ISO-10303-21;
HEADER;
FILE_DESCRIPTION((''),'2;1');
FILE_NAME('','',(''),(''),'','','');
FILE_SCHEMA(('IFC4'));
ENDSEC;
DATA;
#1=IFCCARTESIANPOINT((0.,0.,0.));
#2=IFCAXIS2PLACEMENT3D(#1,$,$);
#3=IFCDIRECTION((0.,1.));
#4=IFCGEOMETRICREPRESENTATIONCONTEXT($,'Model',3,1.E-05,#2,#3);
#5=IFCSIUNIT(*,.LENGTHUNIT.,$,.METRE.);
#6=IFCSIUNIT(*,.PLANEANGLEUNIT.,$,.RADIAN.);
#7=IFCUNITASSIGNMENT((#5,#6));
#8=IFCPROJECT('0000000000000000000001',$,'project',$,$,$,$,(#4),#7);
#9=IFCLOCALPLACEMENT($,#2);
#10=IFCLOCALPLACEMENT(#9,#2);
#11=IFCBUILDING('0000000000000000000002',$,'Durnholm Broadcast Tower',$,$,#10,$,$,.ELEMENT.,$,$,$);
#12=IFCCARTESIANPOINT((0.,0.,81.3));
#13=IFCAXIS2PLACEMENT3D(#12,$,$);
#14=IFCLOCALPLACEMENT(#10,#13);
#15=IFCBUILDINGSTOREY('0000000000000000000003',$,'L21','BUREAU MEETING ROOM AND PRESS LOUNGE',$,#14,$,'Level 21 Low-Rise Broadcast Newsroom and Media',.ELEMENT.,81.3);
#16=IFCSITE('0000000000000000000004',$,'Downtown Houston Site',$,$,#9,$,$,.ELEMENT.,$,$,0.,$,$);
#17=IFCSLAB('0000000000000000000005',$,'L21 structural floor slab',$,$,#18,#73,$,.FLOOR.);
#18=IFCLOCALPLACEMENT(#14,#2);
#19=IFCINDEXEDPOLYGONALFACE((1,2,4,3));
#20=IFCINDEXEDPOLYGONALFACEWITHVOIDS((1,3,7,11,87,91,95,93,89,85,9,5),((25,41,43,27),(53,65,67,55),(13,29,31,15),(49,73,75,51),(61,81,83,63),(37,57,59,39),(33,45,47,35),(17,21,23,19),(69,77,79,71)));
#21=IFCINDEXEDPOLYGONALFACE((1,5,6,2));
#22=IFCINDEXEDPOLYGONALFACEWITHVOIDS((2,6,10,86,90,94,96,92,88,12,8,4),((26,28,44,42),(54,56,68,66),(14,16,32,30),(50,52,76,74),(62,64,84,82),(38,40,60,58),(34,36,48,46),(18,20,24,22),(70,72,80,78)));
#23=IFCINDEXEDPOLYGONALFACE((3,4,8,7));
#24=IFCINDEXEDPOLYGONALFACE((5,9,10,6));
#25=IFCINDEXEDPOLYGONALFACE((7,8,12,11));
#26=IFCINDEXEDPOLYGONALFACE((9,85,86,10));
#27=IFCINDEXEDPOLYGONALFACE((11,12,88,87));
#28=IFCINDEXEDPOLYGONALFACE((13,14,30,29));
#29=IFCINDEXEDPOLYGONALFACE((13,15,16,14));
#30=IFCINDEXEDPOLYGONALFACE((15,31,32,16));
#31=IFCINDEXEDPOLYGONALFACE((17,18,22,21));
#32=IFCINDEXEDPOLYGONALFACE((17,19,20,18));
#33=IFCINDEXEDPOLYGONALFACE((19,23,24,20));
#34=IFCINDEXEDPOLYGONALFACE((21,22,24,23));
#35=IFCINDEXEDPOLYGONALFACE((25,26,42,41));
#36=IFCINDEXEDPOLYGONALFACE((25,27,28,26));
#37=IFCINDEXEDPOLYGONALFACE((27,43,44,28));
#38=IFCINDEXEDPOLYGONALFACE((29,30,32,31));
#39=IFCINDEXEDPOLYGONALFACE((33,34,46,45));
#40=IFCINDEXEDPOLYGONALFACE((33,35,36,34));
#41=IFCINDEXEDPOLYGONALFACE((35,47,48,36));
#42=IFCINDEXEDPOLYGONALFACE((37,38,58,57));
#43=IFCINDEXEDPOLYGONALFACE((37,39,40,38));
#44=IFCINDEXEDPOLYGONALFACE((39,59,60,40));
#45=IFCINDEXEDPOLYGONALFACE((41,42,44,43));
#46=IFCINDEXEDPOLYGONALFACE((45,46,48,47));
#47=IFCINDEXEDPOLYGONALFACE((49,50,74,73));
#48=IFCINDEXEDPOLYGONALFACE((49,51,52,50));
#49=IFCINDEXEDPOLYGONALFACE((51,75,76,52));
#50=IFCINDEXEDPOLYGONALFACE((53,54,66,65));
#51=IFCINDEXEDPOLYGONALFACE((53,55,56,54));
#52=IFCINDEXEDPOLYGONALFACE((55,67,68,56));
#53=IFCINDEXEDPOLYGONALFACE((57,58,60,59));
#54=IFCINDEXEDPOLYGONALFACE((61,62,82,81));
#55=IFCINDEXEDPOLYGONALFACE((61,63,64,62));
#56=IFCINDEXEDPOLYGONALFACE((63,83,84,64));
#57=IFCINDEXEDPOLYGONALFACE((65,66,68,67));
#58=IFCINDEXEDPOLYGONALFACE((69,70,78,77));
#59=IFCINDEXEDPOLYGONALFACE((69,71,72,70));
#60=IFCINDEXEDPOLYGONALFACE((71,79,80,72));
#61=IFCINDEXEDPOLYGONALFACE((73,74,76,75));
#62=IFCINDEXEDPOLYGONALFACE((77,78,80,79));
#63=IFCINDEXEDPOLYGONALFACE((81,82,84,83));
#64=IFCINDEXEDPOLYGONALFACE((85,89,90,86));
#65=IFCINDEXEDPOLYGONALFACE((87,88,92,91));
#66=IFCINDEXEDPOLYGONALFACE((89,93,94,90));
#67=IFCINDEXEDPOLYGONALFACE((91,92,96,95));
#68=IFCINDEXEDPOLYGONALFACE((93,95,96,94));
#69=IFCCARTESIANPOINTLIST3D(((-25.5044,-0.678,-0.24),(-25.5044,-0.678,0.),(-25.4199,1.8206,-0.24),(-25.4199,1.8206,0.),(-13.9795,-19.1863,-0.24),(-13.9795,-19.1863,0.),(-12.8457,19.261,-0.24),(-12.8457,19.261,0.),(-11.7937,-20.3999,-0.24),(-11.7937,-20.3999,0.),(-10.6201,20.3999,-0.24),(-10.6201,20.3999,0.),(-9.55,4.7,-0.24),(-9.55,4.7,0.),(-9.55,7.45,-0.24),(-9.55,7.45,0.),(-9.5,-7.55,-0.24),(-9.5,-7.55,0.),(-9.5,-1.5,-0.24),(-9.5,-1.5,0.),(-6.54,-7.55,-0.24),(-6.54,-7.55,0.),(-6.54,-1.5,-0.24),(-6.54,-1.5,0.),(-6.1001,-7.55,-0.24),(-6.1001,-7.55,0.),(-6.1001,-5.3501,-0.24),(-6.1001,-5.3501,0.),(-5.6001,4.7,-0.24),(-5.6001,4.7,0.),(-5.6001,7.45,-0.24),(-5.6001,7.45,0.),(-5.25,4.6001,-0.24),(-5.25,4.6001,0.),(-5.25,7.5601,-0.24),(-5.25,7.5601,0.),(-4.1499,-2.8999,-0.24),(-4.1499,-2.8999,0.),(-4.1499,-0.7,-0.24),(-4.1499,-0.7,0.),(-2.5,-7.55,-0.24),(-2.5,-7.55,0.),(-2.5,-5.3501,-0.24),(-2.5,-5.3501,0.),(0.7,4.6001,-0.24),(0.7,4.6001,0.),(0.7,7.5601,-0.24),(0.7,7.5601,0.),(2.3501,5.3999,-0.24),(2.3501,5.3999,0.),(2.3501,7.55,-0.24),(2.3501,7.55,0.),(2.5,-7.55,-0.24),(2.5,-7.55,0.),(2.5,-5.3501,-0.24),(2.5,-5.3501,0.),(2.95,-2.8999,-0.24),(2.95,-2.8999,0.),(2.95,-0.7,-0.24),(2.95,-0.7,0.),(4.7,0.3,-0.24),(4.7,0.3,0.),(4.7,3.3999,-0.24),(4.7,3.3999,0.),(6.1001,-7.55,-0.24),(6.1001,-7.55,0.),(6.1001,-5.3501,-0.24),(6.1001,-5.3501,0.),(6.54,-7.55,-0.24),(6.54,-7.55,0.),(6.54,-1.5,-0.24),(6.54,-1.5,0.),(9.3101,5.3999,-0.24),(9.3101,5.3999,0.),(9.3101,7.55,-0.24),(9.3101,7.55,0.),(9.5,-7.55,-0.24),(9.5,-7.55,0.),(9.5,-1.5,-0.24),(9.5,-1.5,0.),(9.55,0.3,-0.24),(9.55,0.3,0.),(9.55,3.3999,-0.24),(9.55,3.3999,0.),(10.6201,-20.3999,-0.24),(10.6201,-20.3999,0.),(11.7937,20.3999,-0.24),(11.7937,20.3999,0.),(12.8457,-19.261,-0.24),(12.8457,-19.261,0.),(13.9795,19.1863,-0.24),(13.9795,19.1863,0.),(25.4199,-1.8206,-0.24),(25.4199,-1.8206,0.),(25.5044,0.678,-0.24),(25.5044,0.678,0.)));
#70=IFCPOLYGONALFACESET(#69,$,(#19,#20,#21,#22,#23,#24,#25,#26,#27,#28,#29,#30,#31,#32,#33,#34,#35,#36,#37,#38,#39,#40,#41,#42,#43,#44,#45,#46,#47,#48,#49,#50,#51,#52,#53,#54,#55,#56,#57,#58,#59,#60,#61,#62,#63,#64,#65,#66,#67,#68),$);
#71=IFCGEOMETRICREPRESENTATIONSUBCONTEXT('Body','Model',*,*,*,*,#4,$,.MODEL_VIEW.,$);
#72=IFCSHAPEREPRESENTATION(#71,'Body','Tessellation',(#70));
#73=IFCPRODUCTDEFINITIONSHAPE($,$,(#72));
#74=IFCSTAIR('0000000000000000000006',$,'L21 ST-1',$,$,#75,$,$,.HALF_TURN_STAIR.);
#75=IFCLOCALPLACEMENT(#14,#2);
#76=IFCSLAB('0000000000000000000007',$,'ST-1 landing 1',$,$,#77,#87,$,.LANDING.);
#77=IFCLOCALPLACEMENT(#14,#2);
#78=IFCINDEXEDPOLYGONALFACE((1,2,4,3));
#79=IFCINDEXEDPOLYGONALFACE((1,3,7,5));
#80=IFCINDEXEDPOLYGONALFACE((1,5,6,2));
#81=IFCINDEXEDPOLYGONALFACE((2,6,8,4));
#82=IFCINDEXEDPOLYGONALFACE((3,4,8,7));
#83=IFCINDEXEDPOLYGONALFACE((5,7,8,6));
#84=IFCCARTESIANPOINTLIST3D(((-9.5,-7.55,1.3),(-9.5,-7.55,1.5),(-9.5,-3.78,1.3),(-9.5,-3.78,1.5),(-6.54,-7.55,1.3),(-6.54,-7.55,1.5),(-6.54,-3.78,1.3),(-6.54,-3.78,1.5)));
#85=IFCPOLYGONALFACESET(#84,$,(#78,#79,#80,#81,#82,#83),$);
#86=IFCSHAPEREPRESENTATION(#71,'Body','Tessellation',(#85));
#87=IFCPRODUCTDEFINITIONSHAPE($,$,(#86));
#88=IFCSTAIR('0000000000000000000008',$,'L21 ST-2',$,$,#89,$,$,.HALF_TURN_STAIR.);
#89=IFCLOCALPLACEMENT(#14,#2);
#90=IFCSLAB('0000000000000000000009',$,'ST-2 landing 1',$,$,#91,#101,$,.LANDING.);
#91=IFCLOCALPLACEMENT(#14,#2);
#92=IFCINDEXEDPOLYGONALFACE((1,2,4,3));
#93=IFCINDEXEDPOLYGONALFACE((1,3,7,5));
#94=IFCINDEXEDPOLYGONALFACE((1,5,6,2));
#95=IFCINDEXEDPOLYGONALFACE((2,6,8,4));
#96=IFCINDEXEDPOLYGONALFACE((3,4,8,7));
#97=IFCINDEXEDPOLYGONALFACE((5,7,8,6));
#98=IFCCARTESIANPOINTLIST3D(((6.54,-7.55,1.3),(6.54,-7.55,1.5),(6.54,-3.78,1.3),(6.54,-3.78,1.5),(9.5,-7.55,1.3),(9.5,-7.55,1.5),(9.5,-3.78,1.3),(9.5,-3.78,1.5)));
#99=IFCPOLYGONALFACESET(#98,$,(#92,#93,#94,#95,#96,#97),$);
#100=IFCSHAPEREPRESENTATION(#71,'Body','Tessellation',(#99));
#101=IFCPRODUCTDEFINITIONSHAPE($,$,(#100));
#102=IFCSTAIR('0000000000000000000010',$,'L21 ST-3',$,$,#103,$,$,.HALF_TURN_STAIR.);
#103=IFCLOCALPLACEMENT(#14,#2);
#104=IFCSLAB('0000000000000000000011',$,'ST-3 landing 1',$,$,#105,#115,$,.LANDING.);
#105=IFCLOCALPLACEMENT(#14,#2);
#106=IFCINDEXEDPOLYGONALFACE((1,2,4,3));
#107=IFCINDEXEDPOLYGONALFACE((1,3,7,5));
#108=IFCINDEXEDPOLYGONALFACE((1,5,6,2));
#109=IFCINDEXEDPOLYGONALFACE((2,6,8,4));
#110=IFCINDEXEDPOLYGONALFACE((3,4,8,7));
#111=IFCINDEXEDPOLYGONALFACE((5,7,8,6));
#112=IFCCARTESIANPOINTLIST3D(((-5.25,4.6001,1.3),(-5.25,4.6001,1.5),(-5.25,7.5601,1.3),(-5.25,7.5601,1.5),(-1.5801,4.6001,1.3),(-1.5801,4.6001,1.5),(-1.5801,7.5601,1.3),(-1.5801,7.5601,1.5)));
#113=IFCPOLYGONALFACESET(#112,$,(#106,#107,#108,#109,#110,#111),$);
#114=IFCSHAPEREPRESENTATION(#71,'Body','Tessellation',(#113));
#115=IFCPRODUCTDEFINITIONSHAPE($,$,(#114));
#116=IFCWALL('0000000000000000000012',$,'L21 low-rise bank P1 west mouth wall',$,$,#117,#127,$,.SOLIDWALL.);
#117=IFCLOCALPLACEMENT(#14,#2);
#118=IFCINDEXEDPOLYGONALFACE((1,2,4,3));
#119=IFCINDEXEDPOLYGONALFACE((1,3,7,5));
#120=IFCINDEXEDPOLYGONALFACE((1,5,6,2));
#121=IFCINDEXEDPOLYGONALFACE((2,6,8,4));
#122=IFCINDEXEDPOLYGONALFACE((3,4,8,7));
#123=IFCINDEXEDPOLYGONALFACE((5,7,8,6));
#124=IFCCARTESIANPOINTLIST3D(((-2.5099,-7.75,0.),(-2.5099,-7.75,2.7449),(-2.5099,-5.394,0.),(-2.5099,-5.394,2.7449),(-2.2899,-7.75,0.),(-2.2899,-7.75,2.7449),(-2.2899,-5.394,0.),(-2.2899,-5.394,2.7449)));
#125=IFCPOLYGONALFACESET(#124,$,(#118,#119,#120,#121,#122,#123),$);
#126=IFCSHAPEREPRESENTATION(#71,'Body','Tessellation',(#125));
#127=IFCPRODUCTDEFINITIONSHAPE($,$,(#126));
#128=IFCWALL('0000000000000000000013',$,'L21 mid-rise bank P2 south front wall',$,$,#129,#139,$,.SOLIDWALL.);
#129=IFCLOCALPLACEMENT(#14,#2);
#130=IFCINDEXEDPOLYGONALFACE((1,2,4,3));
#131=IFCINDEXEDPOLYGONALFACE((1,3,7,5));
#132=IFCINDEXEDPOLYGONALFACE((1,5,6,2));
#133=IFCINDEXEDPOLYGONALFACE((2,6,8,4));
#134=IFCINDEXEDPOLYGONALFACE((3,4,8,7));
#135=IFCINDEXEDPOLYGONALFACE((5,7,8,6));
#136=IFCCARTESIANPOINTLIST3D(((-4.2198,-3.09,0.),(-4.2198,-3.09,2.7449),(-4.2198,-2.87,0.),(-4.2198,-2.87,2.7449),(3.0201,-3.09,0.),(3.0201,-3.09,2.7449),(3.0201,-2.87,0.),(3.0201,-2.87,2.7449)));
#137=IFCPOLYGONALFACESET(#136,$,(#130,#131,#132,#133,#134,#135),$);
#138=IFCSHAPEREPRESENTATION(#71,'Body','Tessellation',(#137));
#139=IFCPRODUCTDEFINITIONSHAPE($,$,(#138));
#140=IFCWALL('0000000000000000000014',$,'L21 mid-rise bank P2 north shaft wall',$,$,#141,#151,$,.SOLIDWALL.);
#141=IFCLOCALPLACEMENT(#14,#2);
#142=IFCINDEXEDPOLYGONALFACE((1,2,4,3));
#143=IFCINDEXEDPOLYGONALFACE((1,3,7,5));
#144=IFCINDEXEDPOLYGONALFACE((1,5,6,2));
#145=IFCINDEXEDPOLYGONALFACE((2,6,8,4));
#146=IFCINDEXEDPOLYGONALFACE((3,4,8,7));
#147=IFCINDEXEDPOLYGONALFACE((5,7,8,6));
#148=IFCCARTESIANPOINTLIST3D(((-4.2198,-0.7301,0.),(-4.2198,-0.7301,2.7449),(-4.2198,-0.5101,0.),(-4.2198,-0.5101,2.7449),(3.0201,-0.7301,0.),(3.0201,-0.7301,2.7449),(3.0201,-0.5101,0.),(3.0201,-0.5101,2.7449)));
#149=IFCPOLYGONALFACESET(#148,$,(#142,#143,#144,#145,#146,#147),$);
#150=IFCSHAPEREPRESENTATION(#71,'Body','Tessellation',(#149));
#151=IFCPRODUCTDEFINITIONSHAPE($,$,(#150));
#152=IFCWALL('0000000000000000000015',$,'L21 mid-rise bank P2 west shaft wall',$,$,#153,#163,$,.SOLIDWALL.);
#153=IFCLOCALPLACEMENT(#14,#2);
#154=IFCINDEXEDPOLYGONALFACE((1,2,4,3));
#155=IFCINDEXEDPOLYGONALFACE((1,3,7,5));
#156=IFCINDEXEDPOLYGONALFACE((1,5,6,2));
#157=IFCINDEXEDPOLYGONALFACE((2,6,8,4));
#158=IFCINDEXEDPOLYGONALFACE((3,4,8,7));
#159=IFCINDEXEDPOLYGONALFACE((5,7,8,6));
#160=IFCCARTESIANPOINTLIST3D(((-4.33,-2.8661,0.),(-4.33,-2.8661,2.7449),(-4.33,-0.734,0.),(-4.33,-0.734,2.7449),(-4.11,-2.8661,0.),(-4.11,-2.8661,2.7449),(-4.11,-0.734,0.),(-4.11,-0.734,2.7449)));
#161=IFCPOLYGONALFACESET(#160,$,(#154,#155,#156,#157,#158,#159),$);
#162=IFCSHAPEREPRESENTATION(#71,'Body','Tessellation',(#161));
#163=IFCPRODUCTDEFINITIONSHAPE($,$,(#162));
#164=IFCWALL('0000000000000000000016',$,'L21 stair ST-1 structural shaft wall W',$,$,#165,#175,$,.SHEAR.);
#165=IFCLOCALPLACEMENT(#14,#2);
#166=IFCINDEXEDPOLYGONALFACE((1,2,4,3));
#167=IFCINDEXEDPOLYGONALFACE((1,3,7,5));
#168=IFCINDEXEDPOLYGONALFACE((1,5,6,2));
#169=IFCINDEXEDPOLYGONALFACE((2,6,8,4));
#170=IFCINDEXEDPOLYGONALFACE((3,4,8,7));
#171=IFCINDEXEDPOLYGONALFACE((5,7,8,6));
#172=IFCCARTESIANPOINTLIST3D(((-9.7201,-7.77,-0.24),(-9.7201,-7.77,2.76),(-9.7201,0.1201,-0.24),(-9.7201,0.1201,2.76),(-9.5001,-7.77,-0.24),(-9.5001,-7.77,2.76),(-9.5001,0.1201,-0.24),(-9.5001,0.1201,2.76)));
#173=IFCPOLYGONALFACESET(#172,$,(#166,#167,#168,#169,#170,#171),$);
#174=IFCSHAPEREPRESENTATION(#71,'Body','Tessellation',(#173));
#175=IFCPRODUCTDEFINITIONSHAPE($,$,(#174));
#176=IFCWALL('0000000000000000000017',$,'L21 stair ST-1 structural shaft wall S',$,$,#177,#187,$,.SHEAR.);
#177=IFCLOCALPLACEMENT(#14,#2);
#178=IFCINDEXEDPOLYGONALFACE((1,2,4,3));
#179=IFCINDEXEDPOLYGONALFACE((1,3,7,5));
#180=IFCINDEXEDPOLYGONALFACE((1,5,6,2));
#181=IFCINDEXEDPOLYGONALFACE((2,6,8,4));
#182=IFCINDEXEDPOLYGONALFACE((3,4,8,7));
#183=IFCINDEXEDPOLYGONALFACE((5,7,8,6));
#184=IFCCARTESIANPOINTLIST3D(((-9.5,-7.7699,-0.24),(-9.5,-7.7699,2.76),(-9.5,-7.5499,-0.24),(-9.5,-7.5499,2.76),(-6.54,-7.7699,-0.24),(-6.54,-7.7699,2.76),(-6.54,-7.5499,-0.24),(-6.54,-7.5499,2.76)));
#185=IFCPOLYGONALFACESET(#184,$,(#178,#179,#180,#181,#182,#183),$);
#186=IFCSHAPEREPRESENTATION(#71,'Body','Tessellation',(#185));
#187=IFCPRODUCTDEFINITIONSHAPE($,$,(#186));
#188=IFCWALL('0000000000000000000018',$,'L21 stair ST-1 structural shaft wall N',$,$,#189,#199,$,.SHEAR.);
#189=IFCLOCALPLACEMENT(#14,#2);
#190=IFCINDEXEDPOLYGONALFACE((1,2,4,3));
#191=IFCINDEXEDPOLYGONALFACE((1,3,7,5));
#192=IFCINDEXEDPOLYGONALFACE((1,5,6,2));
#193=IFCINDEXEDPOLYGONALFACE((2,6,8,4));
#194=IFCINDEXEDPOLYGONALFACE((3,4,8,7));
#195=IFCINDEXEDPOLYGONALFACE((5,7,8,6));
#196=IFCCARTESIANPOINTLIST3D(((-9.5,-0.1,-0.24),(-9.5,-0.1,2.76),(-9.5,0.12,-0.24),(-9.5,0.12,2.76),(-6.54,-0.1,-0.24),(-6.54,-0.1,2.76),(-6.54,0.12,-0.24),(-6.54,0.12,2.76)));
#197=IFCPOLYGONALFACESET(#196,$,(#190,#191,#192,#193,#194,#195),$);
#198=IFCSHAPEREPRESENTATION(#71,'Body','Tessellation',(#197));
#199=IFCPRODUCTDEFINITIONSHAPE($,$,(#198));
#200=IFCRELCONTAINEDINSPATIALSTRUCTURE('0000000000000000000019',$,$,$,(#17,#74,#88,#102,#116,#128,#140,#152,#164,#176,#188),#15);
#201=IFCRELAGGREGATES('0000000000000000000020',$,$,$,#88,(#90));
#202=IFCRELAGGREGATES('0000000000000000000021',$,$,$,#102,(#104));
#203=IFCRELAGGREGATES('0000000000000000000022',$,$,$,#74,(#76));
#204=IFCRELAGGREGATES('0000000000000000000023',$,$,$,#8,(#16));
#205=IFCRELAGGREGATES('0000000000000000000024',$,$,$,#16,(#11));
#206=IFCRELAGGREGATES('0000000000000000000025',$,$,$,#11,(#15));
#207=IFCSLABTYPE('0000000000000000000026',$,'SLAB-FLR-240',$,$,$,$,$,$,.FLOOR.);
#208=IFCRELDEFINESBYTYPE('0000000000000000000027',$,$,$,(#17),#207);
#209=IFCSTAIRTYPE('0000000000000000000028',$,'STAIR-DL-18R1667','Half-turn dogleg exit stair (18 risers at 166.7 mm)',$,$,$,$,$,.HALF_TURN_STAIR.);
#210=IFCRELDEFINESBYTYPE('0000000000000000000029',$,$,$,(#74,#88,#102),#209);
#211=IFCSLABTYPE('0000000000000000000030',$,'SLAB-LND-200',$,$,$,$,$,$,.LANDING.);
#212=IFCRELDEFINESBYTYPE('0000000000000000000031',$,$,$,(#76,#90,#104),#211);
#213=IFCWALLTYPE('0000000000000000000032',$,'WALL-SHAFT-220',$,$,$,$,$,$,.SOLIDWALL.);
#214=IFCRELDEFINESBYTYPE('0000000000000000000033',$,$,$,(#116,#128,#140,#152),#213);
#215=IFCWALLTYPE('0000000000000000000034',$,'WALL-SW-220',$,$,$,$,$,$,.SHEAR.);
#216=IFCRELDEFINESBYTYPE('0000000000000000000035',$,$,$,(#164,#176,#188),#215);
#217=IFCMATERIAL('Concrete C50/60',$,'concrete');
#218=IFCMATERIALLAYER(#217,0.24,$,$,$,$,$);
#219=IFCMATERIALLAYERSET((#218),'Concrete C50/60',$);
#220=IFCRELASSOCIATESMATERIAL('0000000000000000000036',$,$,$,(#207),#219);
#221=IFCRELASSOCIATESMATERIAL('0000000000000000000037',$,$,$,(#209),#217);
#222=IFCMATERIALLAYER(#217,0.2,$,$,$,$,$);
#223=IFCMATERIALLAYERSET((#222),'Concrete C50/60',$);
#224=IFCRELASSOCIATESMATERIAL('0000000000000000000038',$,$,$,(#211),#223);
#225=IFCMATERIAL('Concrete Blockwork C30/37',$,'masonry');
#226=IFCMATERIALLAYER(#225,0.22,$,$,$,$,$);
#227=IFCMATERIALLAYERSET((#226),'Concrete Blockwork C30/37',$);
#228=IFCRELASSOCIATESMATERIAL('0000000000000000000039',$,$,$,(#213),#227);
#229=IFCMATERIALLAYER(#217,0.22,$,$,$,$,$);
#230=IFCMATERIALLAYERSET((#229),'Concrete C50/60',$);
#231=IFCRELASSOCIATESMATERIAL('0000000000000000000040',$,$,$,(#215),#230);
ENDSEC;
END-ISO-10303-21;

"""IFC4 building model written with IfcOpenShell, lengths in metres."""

from ifc_helpers import new_model, si_unit, direction, frame, frame_2d, origin, place, context, subcontext, project, spatial, polyline, rectangle, outline, extrude, material, layer, layer_set, type_object, element, aggregate, save


model = new_model("IFC4")

# Units and contexts
model_context = context("Model", 3, precision=1e-05, world=origin(), true_north=direction((0.0, 1.0)))
body_context = subcontext(model_context, "Body", "Model", "MODEL_VIEW")
ifc_project = project(units=[si_unit("LENGTHUNIT", "METRE"), si_unit("PLANEANGLEUNIT", "RADIAN")], contexts=[model_context])

# Site, building, storey
site_placement = place(None, origin())
site = spatial("IfcSite", under=ifc_project, at=site_placement, Name="Downtown Houston Site", CompositionType="ELEMENT", RefElevation=0.0)
building_placement = place(site_placement, origin())
building = spatial("IfcBuilding", under=site, at=building_placement, Name="Durnholm Broadcast Tower", CompositionType="ELEMENT")
storey_placement = place(building_placement, frame((0.0, 0.0, 81.3)))
storey = spatial("IfcBuildingStorey", under=building, at=storey_placement, Name="L21", Description="BUREAU MEETING ROOM AND PRESS LOUNGE", LongName="Level 21 Low-Rise Broadcast Newsroom and Media", CompositionType="ELEMENT", Elevation=81.3)

# Slab
ifc_material_1 = material(Name="Concrete C50/60", Category="concrete")
ifc_layer_1 = layer(ifc_material_1, 0.24)
ifc_layer_set_1 = layer_set([ifc_layer_1], Name="Concrete C50/60")
slab_type_1 = type_object("IfcSlabType", Name="SLAB-FLR-240", PredefinedType="FLOOR", material=ifc_layer_set_1)
slab_1_placement = place(storey_placement, frame((0.0, 0.0, -0.24)))
element("IfcSlab", 1, at=slab_1_placement, inside=storey, type_object=slab_type_1, Name="L21 structural floor slab", PredefinedType="FLOOR", context=body_context, shape_type="SweptSolid", body=[
    extrude(outline(polyline([(-13.9795, -19.1863), (-11.7937, -20.3999), (10.6201, -20.3999), (12.8457, -19.261), (25.4199, -1.8206), (25.5044, 0.678), (13.9795, 19.1863), (11.7937, 20.3999), (-10.6201, 20.3999), (-12.8457, 19.261), (-25.4199, 1.8206), (-25.5044, -0.678), (-13.9795, -19.1863)]), holes=[polyline([(-2.5, -5.3501), (-6.1001, -5.3501), (-6.1001, -7.55), (-2.5, -7.55), (-2.5, -5.3501)]), polyline([(6.1001, -5.3501), (2.5, -5.3501), (2.5, -7.55), (6.1001, -7.55), (6.1001, -5.3501)]), polyline([(-6.54, -7.55), (-6.54, -1.5), (-9.5, -1.5), (-9.5, -7.55), (-6.54, -7.55)]), polyline([(9.5, -7.55), (9.5, -1.5), (6.54, -1.5), (6.54, -7.55), (9.5, -7.55)]), polyline([(2.95, -0.7), (-4.1499, -0.7), (-4.1499, -2.8999), (2.95, -2.8999), (2.95, -0.7)]), polyline([(9.55, 3.3999), (4.7, 3.3999), (4.7, 0.3), (9.55, 0.3), (9.55, 3.3999)]), polyline([(-5.6001, 7.45), (-9.55, 7.45), (-9.55, 4.7), (-5.6001, 4.7), (-5.6001, 7.45)]), polyline([(-5.25, 7.5601), (-5.25, 4.6001), (0.7, 4.6001), (0.7, 7.5601), (-5.25, 7.5601)]), polyline([(9.3101, 5.3999), (9.3101, 7.55), (2.3501, 7.55), (2.3501, 5.3999), (9.3101, 5.3999)])]), origin(), (0.0, 0.0, 1.0), 0.24),
])

# Stairs, slabs
stair_type = type_object("IfcStairType", Name="STAIR-DL-18R1667", Description="Half-turn dogleg exit stair (18 risers at 166.7 mm)", PredefinedType="HALF_TURN_STAIR", material=ifc_material_1)
stair_1_placement = place(storey_placement, origin())
stair_1 = element("IfcStair", 2, at=stair_1_placement, inside=storey, type_object=stair_type, Name="L21 ST-1", PredefinedType="HALF_TURN_STAIR")
ifc_layer_2 = layer(ifc_material_1, 0.2)
ifc_layer_set_2 = layer_set([ifc_layer_2], Name="Concrete C50/60")
slab_type_2 = type_object("IfcSlabType", Name="SLAB-LND-200", PredefinedType="LANDING", material=ifc_layer_set_2)
slab_2_placement = place(storey_placement, frame((0.0, 0.0, 1.3)))
slab_2 = element("IfcSlab", 3, at=slab_2_placement, type_object=slab_type_2, Name="ST-1 landing 1", PredefinedType="LANDING", context=body_context, shape_type="SweptSolid", body=[
    extrude(outline(polyline([(-9.5, -3.78), (-9.5, -7.55), (-6.54, -7.55), (-6.54, -3.78), (-9.5, -3.78)])), origin(), (0.0, 0.0, 1.0), 0.2),
])
stair_2_placement = place(storey_placement, origin())
stair_2 = element("IfcStair", 4, at=stair_2_placement, inside=storey, type_object=stair_type, Name="L21 ST-2", PredefinedType="HALF_TURN_STAIR")
slab_3_placement = place(storey_placement, frame((0.0, 0.0, 1.3)))
slab_3 = element("IfcSlab", 5, at=slab_3_placement, type_object=slab_type_2, Name="ST-2 landing 1", PredefinedType="LANDING", context=body_context, shape_type="SweptSolid", body=[
    extrude(outline(polyline([(6.54, -3.78), (6.54, -7.55), (9.5, -7.55), (9.5, -3.78), (6.54, -3.78)])), origin(), (0.0, 0.0, 1.0), 0.2),
])
aggregate(stair_2, [slab_3])
stair_3_placement = place(storey_placement, origin())
stair_3 = element("IfcStair", 6, at=stair_3_placement, inside=storey, type_object=stair_type, Name="L21 ST-3", PredefinedType="HALF_TURN_STAIR")
slab_4_placement = place(storey_placement, frame((0.0, 0.0, 1.3)))
slab_4 = element("IfcSlab", 7, at=slab_4_placement, type_object=slab_type_2, Name="ST-3 landing 1", PredefinedType="LANDING", context=body_context, shape_type="SweptSolid", body=[
    extrude(outline(polyline([(-1.5801, 7.5601), (-5.25, 7.5601), (-5.25, 4.6001), (-1.5801, 4.6001), (-1.5801, 7.5601)])), origin(), (0.0, 0.0, 1.0), 0.2),
])
aggregate(stair_3, [slab_4])

# Shared definitions
ifc_material_2 = material(Name="Concrete Blockwork C30/37", Category="masonry")
ifc_layer_3 = layer(ifc_material_2, 0.22)
ifc_layer_set_3 = layer_set([ifc_layer_3], Name="Concrete Blockwork C30/37")
wall_type_1 = type_object("IfcWallType", Name="WALL-SHAFT-220", PredefinedType="SOLIDWALL", material=ifc_layer_set_3)

# Walls
wall_1_placement = place(storey_placement, frame((-2.3999, -7.75, 0.0), z_axis=(0.0, 0.0, 1.0), x_axis=(0.0, 1.0, 0.0)))
element("IfcWall", 8, at=wall_1_placement, inside=storey, type_object=wall_type_1, Name="L21 low-rise bank P1 west mouth wall", PredefinedType="SOLIDWALL", context=body_context, shape_type="SweptSolid", body=[
    extrude(rectangle(XDim=2.356, YDim=0.22, at=frame_2d((1.178, 0.0))), origin(), (0.0, 0.0, 1.0), 2.7449),
])
for number, where, z_axis, x_axis, name in (
    (9, (-4.22, -2.98, 0.0), (0.0, 0.0, 1.0), (1.0, 0.0, 0.0), "L21 mid-rise bank P2 south front wall"),
    (10, (-4.22, -0.6201, 0.0), (0.0, 0.0, 1.0), (1.0, 0.0, 0.0), "L21 mid-rise bank P2 north shaft wall"),
):
    element("IfcWall", number, at=place(storey_placement, frame(where, z_axis=z_axis, x_axis=x_axis)), inside=storey, type_object=wall_type_1, Name=name, PredefinedType="SOLIDWALL", context=body_context, shape_type="SweptSolid", body=[
        extrude(rectangle(XDim=7.24, YDim=0.22, at=frame_2d((3.6201, 0.0))), origin(), (0.0, 0.0, 1.0), 2.7449),
    ])
wall_2_placement = place(storey_placement, frame((-4.22, -2.866, 0.0), z_axis=(0.0, 0.0, 1.0), x_axis=(0.0, 1.0, 0.0)))
element("IfcWall", 11, at=wall_2_placement, inside=storey, type_object=wall_type_1, Name="L21 mid-rise bank P2 west shaft wall", PredefinedType="SOLIDWALL", context=body_context, shape_type="SweptSolid", body=[
    extrude(rectangle(XDim=2.1321, YDim=0.22, at=frame_2d((1.0659, 0.0))), origin(), (0.0, 0.0, 1.0), 2.7449),
])
ifc_layer_4 = layer(ifc_material_1, 0.22)
ifc_layer_set_4 = layer_set([ifc_layer_4], Name="Concrete C50/60")
wall_type_2 = type_object("IfcWallType", Name="WALL-SW-220", PredefinedType="SHEAR", material=ifc_layer_set_4)
wall_3_placement = place(storey_placement, frame((-9.6101, 0.1201, -0.24), z_axis=(0.0, 0.0, 1.0), x_axis=(0.0, -1.0, 0.0)))
element("IfcWall", 12, at=wall_3_placement, inside=storey, type_object=wall_type_2, Name="L21 stair ST-1 structural shaft wall W", PredefinedType="SHEAR", context=body_context, shape_type="SweptSolid", body=[
    extrude(rectangle(XDim=7.8901, YDim=0.22, at=frame_2d((3.9451, 0.0))), origin(), (0.0, 0.0, 1.0), 3.0),
])
for number, where, z_axis, x_axis, name in (
    (13, (-9.5, -7.6599, -0.24), (0.0, 0.0, 1.0), (1.0, 0.0, 0.0), "L21 stair ST-1 structural shaft wall S"),
    (14, (-6.54, 0.01, -0.24), (0.0, 0.0, 1.0), (-1.0, 0.0, 0.0), "L21 stair ST-1 structural shaft wall N"),
):
    element("IfcWall", number, at=place(storey_placement, frame(where, z_axis=z_axis, x_axis=x_axis)), inside=storey, type_object=wall_type_2, Name=name, PredefinedType="SHEAR", context=body_context, shape_type="SweptSolid", body=[
        extrude(rectangle(XDim=2.96, YDim=0.22, at=frame_2d((1.48, 0.0))), origin(), (0.0, 0.0, 1.0), 3.0),
    ])

aggregate(stair_1, [slab_2])

save(model, "model.ifc")
